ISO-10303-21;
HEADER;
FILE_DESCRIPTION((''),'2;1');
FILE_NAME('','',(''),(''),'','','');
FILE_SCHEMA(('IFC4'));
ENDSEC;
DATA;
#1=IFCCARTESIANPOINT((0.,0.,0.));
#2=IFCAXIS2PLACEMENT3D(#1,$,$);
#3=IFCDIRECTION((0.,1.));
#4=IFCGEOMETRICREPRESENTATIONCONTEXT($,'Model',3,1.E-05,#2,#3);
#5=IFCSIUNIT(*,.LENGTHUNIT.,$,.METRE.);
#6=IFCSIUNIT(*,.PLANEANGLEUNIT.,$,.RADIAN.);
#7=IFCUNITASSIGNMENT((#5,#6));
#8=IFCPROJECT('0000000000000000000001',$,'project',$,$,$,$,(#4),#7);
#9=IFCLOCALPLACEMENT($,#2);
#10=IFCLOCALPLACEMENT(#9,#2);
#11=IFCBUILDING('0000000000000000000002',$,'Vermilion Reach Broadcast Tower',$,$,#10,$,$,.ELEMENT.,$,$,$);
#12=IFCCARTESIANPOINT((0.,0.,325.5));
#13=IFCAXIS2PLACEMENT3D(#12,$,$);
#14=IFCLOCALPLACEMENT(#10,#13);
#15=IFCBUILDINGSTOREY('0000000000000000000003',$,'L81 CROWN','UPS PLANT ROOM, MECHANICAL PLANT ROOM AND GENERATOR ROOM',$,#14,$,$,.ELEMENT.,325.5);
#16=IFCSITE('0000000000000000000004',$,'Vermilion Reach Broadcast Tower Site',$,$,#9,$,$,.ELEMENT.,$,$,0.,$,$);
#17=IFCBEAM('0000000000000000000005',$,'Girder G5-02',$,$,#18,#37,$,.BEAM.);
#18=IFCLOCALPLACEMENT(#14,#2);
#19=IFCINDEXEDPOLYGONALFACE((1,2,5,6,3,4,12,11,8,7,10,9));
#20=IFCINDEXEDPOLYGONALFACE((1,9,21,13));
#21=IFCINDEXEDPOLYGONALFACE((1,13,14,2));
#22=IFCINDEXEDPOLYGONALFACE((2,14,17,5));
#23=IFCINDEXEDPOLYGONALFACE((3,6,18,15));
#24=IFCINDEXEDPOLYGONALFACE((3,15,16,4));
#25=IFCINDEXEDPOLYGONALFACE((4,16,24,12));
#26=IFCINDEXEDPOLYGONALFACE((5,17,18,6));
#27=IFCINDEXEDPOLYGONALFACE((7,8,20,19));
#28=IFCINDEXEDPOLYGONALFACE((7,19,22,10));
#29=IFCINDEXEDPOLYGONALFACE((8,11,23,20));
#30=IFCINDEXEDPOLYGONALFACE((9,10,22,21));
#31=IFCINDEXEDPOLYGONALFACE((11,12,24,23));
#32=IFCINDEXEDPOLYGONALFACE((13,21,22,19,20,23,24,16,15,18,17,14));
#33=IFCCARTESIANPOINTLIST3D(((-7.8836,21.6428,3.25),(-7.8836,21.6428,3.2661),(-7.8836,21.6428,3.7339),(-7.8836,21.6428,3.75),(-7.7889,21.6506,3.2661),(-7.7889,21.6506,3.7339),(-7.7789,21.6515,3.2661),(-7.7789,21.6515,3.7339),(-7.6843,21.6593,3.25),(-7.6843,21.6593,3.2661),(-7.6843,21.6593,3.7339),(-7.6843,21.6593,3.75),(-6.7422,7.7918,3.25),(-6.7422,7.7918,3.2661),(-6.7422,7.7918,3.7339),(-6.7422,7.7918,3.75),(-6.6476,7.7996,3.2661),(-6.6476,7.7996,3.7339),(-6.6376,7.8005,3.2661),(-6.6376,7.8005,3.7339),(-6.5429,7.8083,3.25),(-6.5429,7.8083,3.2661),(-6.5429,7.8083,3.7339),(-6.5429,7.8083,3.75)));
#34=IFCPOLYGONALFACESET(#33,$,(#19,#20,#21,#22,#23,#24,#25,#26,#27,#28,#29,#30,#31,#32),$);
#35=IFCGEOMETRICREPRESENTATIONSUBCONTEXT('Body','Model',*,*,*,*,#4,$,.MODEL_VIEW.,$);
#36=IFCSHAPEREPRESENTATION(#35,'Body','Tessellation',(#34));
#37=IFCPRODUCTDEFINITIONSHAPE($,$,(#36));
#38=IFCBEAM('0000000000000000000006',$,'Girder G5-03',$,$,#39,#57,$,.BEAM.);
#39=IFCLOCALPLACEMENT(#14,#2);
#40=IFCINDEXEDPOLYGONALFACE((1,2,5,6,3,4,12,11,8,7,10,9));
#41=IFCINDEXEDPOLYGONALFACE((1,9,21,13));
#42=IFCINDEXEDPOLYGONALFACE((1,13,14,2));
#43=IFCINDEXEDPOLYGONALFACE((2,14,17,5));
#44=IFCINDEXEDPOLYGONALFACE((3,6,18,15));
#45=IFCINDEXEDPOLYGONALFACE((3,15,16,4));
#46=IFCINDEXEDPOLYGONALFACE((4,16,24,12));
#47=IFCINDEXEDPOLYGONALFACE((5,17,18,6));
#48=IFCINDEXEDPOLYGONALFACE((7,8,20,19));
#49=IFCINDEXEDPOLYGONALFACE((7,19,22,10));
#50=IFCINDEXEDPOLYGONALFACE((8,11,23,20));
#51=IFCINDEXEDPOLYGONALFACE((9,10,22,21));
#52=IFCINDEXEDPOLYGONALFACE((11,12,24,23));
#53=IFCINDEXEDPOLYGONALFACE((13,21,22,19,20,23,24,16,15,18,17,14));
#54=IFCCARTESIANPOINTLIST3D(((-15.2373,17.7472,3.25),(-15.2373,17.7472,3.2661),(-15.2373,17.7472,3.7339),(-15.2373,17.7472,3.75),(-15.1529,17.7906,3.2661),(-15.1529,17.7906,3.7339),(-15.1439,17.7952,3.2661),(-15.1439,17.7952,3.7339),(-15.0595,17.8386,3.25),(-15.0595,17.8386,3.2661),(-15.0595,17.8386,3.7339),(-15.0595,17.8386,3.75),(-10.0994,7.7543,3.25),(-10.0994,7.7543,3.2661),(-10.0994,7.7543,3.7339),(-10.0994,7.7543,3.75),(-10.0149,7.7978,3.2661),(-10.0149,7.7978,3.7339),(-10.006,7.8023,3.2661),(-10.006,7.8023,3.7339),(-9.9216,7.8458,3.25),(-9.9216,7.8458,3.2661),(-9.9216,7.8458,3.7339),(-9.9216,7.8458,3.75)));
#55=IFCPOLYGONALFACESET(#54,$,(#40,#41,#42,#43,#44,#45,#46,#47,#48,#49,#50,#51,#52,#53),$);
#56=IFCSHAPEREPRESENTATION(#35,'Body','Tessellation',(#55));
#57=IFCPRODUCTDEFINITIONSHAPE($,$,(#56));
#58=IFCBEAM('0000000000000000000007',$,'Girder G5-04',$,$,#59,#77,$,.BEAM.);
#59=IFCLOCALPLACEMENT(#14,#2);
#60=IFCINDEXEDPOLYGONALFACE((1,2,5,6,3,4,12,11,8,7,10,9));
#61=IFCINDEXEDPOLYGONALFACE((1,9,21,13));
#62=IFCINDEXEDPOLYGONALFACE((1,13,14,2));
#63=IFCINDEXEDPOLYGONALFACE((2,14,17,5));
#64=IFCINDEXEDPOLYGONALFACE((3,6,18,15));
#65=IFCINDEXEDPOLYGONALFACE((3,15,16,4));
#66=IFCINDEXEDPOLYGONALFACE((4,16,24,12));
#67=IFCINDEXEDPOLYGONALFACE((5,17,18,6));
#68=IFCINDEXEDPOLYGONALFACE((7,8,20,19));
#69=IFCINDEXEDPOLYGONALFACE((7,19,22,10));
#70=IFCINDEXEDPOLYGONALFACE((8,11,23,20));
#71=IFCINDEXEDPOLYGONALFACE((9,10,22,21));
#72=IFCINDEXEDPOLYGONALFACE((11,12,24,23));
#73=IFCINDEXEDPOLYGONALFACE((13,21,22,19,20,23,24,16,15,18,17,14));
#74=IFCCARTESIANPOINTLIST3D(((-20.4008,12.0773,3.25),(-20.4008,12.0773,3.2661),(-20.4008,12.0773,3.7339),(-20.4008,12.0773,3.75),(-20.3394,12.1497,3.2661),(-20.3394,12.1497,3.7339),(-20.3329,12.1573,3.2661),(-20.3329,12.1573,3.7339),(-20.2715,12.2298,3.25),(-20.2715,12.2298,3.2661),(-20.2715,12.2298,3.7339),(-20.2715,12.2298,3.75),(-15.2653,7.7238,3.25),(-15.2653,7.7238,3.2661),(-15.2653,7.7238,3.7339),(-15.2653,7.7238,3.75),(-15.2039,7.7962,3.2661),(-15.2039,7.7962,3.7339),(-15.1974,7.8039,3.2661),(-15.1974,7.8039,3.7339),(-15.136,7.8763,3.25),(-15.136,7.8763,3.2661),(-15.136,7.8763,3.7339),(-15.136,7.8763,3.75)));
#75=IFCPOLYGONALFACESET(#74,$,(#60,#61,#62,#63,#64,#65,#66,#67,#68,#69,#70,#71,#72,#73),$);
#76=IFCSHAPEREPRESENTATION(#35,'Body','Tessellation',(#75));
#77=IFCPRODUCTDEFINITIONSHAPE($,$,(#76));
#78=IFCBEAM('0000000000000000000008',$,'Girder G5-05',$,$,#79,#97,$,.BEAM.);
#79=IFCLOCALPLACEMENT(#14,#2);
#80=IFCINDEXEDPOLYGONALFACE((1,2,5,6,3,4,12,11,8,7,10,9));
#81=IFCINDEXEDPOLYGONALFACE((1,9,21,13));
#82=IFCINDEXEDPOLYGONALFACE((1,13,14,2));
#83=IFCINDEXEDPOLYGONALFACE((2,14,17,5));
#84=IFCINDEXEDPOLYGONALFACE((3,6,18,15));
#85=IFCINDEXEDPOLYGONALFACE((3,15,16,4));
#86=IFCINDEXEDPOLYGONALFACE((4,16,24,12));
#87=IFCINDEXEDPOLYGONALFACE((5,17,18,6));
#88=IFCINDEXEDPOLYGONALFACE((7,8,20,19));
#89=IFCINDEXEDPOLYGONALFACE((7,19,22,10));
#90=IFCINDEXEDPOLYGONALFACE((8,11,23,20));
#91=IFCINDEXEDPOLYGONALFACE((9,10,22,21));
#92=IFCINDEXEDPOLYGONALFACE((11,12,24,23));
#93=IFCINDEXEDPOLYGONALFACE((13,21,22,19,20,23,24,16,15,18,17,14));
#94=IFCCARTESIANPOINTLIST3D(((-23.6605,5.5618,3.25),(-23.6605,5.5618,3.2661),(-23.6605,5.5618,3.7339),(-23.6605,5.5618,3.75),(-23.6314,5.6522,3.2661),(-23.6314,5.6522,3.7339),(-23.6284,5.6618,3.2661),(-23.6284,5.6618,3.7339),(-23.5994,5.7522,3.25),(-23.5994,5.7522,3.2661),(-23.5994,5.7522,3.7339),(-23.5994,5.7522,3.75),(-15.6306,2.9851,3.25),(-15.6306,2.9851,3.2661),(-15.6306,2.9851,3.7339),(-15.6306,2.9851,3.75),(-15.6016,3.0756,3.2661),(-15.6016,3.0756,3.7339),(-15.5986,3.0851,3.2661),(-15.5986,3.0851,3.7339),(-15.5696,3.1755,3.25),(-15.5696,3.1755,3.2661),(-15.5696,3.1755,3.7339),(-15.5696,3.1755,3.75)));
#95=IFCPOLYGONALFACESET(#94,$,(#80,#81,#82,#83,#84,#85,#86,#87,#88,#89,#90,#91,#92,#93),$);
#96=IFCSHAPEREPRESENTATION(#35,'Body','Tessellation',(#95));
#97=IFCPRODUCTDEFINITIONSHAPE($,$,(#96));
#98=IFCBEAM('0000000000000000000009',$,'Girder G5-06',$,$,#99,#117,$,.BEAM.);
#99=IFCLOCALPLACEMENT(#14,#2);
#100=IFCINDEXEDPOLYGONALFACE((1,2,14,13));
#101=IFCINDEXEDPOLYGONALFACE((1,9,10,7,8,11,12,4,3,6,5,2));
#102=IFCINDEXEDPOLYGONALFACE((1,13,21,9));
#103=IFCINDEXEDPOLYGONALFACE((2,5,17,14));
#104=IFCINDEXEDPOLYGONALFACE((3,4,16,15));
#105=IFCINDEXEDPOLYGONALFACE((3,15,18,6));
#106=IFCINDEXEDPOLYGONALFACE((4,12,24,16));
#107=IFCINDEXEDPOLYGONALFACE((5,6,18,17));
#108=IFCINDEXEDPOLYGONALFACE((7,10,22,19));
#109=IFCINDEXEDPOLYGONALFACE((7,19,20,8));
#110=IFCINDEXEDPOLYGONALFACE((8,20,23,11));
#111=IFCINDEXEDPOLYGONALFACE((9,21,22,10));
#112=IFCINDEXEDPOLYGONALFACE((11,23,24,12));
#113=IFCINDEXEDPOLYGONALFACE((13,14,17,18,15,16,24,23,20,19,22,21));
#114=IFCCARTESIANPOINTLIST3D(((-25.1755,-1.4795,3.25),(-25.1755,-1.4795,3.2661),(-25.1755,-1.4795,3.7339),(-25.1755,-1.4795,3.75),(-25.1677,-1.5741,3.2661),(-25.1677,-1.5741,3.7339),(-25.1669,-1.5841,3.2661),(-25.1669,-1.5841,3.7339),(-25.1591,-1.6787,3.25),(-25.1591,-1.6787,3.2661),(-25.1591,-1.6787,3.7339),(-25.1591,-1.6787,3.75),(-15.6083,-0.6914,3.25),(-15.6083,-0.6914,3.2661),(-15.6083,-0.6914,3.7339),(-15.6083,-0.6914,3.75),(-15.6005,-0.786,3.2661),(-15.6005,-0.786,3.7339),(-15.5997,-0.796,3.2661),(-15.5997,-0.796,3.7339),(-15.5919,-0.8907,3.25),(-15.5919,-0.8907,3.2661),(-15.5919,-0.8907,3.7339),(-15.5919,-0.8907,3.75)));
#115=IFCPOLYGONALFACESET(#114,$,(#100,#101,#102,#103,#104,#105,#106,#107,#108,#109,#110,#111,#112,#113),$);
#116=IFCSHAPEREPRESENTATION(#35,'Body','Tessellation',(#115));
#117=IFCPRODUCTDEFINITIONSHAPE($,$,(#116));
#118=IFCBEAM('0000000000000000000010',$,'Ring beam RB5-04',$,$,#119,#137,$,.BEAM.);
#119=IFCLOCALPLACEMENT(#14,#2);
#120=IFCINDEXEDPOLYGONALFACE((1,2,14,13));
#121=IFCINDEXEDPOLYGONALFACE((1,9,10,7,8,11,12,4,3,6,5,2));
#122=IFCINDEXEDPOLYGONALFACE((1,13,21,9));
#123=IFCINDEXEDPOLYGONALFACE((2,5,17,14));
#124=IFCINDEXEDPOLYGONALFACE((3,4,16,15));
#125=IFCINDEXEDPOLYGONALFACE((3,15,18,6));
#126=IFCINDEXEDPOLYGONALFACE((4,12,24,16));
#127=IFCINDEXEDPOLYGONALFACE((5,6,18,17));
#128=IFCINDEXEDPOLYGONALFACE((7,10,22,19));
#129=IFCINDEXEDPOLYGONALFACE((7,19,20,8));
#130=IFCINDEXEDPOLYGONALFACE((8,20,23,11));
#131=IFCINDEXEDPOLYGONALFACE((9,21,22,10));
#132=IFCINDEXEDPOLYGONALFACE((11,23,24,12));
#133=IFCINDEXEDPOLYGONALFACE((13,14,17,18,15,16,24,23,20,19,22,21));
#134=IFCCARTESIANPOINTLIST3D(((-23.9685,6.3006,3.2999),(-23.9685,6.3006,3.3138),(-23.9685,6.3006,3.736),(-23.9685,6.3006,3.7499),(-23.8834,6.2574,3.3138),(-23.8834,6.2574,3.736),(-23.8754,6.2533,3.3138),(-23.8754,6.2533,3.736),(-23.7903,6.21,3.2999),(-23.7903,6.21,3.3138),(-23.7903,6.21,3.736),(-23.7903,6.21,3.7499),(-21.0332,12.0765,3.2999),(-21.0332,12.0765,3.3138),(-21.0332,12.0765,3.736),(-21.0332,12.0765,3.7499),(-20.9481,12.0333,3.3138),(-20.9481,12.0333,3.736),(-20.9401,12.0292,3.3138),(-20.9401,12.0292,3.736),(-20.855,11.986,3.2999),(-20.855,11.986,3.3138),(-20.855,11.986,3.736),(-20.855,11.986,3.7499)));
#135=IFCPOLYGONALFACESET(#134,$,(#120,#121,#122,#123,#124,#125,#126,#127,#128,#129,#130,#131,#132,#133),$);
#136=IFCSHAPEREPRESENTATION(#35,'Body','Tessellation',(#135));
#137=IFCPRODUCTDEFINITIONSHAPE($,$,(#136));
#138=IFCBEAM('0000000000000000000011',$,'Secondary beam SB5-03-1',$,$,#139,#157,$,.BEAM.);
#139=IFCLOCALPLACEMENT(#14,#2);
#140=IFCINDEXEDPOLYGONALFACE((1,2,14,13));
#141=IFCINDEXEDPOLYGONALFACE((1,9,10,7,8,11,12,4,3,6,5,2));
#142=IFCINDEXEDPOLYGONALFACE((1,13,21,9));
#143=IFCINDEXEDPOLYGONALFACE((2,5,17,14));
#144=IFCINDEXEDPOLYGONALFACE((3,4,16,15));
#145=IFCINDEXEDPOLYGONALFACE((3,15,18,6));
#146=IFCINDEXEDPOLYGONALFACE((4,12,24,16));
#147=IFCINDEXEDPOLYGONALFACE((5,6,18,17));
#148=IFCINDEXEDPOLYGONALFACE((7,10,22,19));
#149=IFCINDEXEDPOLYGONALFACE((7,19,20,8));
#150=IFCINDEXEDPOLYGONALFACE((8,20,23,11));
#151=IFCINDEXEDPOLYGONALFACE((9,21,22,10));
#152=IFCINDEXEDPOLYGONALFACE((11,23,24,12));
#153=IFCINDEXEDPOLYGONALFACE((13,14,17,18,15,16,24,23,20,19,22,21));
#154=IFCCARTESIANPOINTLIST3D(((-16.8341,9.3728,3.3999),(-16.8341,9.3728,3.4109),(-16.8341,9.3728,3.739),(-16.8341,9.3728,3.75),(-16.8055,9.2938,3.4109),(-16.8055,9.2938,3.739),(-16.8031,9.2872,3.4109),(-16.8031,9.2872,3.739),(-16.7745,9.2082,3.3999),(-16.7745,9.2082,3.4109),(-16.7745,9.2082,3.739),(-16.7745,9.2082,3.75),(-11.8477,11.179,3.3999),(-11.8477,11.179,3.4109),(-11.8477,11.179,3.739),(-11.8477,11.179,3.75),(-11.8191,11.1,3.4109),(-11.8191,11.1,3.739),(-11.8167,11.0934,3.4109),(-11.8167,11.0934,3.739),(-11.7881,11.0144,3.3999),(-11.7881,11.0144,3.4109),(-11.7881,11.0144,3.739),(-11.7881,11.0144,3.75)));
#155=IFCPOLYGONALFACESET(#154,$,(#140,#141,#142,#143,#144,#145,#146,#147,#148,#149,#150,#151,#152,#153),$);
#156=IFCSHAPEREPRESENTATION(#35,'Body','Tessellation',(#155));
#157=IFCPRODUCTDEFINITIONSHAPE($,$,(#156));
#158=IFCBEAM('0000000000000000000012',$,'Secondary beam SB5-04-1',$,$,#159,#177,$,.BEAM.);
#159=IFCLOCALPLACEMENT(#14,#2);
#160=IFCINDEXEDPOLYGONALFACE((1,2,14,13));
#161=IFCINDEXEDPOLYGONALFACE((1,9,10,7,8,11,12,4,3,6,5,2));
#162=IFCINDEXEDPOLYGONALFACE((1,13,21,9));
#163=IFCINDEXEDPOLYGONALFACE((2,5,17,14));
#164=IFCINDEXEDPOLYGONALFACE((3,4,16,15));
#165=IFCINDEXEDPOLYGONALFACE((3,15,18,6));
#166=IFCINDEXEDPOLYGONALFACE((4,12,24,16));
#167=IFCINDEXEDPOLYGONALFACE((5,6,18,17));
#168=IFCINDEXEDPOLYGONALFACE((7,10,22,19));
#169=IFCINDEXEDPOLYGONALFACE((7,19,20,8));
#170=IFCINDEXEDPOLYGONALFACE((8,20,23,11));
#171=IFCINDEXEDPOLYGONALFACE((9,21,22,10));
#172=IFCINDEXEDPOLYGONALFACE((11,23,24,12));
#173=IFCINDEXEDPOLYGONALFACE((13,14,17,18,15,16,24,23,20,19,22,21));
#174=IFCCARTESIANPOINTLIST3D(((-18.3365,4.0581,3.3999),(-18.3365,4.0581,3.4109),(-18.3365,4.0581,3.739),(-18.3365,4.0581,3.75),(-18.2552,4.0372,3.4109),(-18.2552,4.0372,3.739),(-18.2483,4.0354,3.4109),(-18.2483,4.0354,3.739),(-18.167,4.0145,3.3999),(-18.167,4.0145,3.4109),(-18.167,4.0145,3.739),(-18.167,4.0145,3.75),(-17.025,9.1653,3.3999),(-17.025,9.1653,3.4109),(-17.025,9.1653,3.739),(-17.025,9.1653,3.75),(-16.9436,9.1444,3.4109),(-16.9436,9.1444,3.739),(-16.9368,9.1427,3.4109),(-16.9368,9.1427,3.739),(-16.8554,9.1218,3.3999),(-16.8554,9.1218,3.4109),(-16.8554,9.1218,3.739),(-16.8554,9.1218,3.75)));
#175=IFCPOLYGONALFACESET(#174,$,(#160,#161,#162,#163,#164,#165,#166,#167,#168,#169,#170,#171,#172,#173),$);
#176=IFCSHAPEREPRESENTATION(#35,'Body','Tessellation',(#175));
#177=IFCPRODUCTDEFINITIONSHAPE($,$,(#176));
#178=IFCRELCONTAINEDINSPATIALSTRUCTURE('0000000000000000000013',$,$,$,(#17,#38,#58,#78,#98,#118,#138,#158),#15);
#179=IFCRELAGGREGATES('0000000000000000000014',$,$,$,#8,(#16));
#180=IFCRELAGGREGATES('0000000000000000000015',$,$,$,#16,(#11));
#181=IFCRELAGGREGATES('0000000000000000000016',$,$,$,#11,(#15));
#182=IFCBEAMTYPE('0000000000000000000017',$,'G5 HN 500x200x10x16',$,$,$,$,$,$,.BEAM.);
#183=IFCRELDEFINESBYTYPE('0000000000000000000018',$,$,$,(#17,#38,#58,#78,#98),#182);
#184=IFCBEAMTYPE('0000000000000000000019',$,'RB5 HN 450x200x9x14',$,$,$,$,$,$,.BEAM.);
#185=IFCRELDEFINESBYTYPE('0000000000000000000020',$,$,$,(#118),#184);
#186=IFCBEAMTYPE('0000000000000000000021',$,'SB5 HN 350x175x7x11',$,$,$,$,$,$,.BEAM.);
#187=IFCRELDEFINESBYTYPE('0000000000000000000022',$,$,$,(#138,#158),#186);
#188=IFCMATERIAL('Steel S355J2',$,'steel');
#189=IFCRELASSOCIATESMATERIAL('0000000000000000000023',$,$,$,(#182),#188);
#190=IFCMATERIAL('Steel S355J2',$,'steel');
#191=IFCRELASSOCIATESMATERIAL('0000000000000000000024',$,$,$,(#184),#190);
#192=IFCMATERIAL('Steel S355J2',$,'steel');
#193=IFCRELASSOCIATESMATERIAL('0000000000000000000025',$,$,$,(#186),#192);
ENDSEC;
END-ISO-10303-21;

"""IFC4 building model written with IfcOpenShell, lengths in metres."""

from ifc_helpers import new_model, si_unit, direction, frame, origin, origin_2d, place, context, subcontext, project, spatial, i_section, extrude, material, material_profile, profile_set, type_object, element, save


model = new_model("IFC4")

# Units and contexts
model_context = context("Model", 3, precision=1e-05, world=origin(), true_north=direction((0.0, 1.0)))
body_context = subcontext(model_context, "Body", "Model", "MODEL_VIEW")
ifc_project = project(units=[si_unit("LENGTHUNIT", "METRE"), si_unit("PLANEANGLEUNIT", "RADIAN")], contexts=[model_context])

# Site, building, storey
site_placement = place(None, origin())
site = spatial("IfcSite", under=ifc_project, at=site_placement, Name="Vermilion Reach Broadcast Tower Site", CompositionType="ELEMENT", RefElevation=0.0)
building_placement = place(site_placement, origin())
building = spatial("IfcBuilding", under=site, at=building_placement, Name="Vermilion Reach Broadcast Tower", CompositionType="ELEMENT")
storey_placement = place(building_placement, frame((0.0, 0.0, 325.5)))
storey = spatial("IfcBuildingStorey", under=building, at=storey_placement, Name="L81 CROWN", Description="UPS PLANT ROOM, MECHANICAL PLANT ROOM AND GENERATOR ROOM", CompositionType="ELEMENT", Elevation=325.5)

# Beams
ifc_material_1 = material(Name="Steel S355J2", Category="steel")
ifc_material_profile_1 = material_profile(ifc_material_1, i_section(OverallWidth=0.2, OverallDepth=0.5, WebThickness=0.01, FlangeThickness=0.0161, at=origin_2d()), Name="S355J2 HN 500x200x10x16")
ifc_profile_set_1 = profile_set([ifc_material_profile_1], Name="Steel S355J2")
beam_type_1 = type_object("IfcBeamType", Name="G5 HN 500x200x10x16", PredefinedType="BEAM", material=ifc_profile_set_1)
beam_1_placement = place(storey_placement, frame((-6.6426, 7.8, 3.5), z_axis=(-0.082124, 0.996622, 0.0), x_axis=(-0.996622, -0.082124, 0.0)))
element("IfcBeam", 1, at=beam_1_placement, inside=storey, type_object=beam_type_1, Name="Girder G5-02", PredefinedType="BEAM", context=body_context, shape_type="SweptSolid", body=[
    extrude(i_section(OverallWidth=0.2, OverallDepth=0.5, WebThickness=0.01, FlangeThickness=0.0161, at=origin_2d()), origin(), (0.0, 0.0, 1.0), 13.8979),
])
beam_2_placement = place(storey_placement, frame((-10.0105, 7.8, 3.5), z_axis=(-0.457258, 0.889334, 0.0), x_axis=(-0.889334, -0.457258, 0.0)))
element("IfcBeam", 2, at=beam_2_placement, inside=storey, type_object=beam_type_1, Name="Girder G5-03", PredefinedType="BEAM", context=body_context, shape_type="SweptSolid", body=[
    extrude(i_section(OverallWidth=0.2, OverallDepth=0.5, WebThickness=0.01, FlangeThickness=0.0161, at=origin_2d()), origin(), (0.0, 0.0, 1.0), 11.2363),
])
beam_3_placement = place(storey_placement, frame((-15.2007, 7.8, 3.5), z_axis=(-0.762793, 0.646643, 0.0), x_axis=(-0.646643, -0.762793, 0.0)))
element("IfcBeam", 3, at=beam_3_placement, inside=storey, type_object=beam_type_1, Name="Girder G5-04", PredefinedType="BEAM", context=body_context, shape_type="SweptSolid", body=[
    extrude(i_section(OverallWidth=0.2, OverallDepth=0.5, WebThickness=0.01, FlangeThickness=0.0161, at=origin_2d()), origin(), (0.0, 0.0, 1.0), 6.7324),
])
beam_4_placement = place(storey_placement, frame((-15.6001, 3.0803, 3.5), z_axis=(-0.952178, 0.305542, 0.0), x_axis=(-0.305542, -0.952178, 0.0)))
element("IfcBeam", 4, at=beam_4_placement, inside=storey, type_object=beam_type_1, Name="Girder G5-05", PredefinedType="BEAM", context=body_context, shape_type="SweptSolid", body=[
    extrude(i_section(OverallWidth=0.2, OverallDepth=0.5, WebThickness=0.01, FlangeThickness=0.0161, at=origin_2d()), origin(), (0.0, 0.0, 1.0), 8.4331),
])
beam_5_placement = place(storey_placement, frame((-15.6001, -0.791, 3.5), z_axis=(-0.996624, -0.082096, 0.0), x_axis=(0.082096, -0.996624, 0.0)))
element("IfcBeam", 5, at=beam_5_placement, inside=storey, type_object=beam_type_1, Name="Girder G5-06", PredefinedType="BEAM", context=body_context, shape_type="SweptSolid", body=[
    extrude(i_section(OverallWidth=0.2, OverallDepth=0.5, WebThickness=0.01, FlangeThickness=0.0161, at=origin_2d()), origin(), (0.0, 0.0, 1.0), 9.5996),
])
ifc_material_2 = material(Name="Steel S355J2", Category="steel")
ifc_material_profile_2 = material_profile(ifc_material_2, i_section(OverallWidth=0.2, OverallDepth=0.45, WebThickness=0.009, FlangeThickness=0.0139, at=origin_2d()), Name="S355J2 HN 450x200x9x14")
ifc_profile_set_2 = profile_set([ifc_material_profile_2], Name="Steel S355J2")
beam_type_2 = type_object("IfcBeamType", Name="RB5 HN 450x200x9x14", PredefinedType="BEAM", material=ifc_profile_set_2)
beam_6_placement = place(storey_placement, frame((-20.9441, 12.0312, 3.5249), z_axis=(-0.453052, -0.891484, 0.0), x_axis=(0.891484, -0.453052, 0.0)))
element("IfcBeam", 6, at=beam_6_placement, inside=storey, type_object=beam_type_2, Name="Ring beam RB5-04", PredefinedType="BEAM", context=body_context, shape_type="SweptSolid", body=[
    extrude(i_section(OverallWidth=0.2, OverallDepth=0.45, WebThickness=0.009, FlangeThickness=0.0139, at=origin_2d()), origin(), (0.0, 0.0, 1.0), 6.479),
])
ifc_material_3 = material(Name="Steel S355J2", Category="steel")
ifc_material_profile_3 = material_profile(ifc_material_3, i_section(OverallWidth=0.175, OverallDepth=0.3501, WebThickness=0.0071, FlangeThickness=0.011, at=origin_2d()), Name="S355J2 HN 350x175x7x11")
ifc_profile_set_3 = profile_set([ifc_material_profile_3], Name="Steel S355J2")
beam_type_3 = type_object("IfcBeamType", Name="SB5 HN 350x175x7x11", PredefinedType="BEAM", material=ifc_profile_set_3)
beam_7_placement = place(storey_placement, frame((-11.8179, 11.0967, 3.575), z_axis=(-0.94022, -0.340567, 0.0), x_axis=(0.340567, -0.94022, 0.0)))
element("IfcBeam", 7, at=beam_7_placement, inside=storey, type_object=beam_type_3, Name="Secondary beam SB5-03-1", PredefinedType="BEAM", context=body_context, shape_type="SweptSolid", body=[
    extrude(i_section(OverallWidth=0.175, OverallDepth=0.3501, WebThickness=0.0071, FlangeThickness=0.011, at=origin_2d()), origin(), (0.0, 0.0, 1.0), 5.3035),
])
beam_8_placement = place(storey_placement, frame((-16.9402, 9.1436, 3.575), z_axis=(-0.24873, -0.968573, 0.0), x_axis=(0.968573, -0.24873, 0.0)))
element("IfcBeam", 8, at=beam_8_placement, inside=storey, type_object=beam_type_3, Name="Secondary beam SB5-04-1", PredefinedType="BEAM", context=body_context, shape_type="SweptSolid", body=[
    extrude(i_section(OverallWidth=0.175, OverallDepth=0.3501, WebThickness=0.0071, FlangeThickness=0.011, at=origin_2d()), origin(), (0.0, 0.0, 1.0), 5.2729),
])

save(model, "model.ifc")
